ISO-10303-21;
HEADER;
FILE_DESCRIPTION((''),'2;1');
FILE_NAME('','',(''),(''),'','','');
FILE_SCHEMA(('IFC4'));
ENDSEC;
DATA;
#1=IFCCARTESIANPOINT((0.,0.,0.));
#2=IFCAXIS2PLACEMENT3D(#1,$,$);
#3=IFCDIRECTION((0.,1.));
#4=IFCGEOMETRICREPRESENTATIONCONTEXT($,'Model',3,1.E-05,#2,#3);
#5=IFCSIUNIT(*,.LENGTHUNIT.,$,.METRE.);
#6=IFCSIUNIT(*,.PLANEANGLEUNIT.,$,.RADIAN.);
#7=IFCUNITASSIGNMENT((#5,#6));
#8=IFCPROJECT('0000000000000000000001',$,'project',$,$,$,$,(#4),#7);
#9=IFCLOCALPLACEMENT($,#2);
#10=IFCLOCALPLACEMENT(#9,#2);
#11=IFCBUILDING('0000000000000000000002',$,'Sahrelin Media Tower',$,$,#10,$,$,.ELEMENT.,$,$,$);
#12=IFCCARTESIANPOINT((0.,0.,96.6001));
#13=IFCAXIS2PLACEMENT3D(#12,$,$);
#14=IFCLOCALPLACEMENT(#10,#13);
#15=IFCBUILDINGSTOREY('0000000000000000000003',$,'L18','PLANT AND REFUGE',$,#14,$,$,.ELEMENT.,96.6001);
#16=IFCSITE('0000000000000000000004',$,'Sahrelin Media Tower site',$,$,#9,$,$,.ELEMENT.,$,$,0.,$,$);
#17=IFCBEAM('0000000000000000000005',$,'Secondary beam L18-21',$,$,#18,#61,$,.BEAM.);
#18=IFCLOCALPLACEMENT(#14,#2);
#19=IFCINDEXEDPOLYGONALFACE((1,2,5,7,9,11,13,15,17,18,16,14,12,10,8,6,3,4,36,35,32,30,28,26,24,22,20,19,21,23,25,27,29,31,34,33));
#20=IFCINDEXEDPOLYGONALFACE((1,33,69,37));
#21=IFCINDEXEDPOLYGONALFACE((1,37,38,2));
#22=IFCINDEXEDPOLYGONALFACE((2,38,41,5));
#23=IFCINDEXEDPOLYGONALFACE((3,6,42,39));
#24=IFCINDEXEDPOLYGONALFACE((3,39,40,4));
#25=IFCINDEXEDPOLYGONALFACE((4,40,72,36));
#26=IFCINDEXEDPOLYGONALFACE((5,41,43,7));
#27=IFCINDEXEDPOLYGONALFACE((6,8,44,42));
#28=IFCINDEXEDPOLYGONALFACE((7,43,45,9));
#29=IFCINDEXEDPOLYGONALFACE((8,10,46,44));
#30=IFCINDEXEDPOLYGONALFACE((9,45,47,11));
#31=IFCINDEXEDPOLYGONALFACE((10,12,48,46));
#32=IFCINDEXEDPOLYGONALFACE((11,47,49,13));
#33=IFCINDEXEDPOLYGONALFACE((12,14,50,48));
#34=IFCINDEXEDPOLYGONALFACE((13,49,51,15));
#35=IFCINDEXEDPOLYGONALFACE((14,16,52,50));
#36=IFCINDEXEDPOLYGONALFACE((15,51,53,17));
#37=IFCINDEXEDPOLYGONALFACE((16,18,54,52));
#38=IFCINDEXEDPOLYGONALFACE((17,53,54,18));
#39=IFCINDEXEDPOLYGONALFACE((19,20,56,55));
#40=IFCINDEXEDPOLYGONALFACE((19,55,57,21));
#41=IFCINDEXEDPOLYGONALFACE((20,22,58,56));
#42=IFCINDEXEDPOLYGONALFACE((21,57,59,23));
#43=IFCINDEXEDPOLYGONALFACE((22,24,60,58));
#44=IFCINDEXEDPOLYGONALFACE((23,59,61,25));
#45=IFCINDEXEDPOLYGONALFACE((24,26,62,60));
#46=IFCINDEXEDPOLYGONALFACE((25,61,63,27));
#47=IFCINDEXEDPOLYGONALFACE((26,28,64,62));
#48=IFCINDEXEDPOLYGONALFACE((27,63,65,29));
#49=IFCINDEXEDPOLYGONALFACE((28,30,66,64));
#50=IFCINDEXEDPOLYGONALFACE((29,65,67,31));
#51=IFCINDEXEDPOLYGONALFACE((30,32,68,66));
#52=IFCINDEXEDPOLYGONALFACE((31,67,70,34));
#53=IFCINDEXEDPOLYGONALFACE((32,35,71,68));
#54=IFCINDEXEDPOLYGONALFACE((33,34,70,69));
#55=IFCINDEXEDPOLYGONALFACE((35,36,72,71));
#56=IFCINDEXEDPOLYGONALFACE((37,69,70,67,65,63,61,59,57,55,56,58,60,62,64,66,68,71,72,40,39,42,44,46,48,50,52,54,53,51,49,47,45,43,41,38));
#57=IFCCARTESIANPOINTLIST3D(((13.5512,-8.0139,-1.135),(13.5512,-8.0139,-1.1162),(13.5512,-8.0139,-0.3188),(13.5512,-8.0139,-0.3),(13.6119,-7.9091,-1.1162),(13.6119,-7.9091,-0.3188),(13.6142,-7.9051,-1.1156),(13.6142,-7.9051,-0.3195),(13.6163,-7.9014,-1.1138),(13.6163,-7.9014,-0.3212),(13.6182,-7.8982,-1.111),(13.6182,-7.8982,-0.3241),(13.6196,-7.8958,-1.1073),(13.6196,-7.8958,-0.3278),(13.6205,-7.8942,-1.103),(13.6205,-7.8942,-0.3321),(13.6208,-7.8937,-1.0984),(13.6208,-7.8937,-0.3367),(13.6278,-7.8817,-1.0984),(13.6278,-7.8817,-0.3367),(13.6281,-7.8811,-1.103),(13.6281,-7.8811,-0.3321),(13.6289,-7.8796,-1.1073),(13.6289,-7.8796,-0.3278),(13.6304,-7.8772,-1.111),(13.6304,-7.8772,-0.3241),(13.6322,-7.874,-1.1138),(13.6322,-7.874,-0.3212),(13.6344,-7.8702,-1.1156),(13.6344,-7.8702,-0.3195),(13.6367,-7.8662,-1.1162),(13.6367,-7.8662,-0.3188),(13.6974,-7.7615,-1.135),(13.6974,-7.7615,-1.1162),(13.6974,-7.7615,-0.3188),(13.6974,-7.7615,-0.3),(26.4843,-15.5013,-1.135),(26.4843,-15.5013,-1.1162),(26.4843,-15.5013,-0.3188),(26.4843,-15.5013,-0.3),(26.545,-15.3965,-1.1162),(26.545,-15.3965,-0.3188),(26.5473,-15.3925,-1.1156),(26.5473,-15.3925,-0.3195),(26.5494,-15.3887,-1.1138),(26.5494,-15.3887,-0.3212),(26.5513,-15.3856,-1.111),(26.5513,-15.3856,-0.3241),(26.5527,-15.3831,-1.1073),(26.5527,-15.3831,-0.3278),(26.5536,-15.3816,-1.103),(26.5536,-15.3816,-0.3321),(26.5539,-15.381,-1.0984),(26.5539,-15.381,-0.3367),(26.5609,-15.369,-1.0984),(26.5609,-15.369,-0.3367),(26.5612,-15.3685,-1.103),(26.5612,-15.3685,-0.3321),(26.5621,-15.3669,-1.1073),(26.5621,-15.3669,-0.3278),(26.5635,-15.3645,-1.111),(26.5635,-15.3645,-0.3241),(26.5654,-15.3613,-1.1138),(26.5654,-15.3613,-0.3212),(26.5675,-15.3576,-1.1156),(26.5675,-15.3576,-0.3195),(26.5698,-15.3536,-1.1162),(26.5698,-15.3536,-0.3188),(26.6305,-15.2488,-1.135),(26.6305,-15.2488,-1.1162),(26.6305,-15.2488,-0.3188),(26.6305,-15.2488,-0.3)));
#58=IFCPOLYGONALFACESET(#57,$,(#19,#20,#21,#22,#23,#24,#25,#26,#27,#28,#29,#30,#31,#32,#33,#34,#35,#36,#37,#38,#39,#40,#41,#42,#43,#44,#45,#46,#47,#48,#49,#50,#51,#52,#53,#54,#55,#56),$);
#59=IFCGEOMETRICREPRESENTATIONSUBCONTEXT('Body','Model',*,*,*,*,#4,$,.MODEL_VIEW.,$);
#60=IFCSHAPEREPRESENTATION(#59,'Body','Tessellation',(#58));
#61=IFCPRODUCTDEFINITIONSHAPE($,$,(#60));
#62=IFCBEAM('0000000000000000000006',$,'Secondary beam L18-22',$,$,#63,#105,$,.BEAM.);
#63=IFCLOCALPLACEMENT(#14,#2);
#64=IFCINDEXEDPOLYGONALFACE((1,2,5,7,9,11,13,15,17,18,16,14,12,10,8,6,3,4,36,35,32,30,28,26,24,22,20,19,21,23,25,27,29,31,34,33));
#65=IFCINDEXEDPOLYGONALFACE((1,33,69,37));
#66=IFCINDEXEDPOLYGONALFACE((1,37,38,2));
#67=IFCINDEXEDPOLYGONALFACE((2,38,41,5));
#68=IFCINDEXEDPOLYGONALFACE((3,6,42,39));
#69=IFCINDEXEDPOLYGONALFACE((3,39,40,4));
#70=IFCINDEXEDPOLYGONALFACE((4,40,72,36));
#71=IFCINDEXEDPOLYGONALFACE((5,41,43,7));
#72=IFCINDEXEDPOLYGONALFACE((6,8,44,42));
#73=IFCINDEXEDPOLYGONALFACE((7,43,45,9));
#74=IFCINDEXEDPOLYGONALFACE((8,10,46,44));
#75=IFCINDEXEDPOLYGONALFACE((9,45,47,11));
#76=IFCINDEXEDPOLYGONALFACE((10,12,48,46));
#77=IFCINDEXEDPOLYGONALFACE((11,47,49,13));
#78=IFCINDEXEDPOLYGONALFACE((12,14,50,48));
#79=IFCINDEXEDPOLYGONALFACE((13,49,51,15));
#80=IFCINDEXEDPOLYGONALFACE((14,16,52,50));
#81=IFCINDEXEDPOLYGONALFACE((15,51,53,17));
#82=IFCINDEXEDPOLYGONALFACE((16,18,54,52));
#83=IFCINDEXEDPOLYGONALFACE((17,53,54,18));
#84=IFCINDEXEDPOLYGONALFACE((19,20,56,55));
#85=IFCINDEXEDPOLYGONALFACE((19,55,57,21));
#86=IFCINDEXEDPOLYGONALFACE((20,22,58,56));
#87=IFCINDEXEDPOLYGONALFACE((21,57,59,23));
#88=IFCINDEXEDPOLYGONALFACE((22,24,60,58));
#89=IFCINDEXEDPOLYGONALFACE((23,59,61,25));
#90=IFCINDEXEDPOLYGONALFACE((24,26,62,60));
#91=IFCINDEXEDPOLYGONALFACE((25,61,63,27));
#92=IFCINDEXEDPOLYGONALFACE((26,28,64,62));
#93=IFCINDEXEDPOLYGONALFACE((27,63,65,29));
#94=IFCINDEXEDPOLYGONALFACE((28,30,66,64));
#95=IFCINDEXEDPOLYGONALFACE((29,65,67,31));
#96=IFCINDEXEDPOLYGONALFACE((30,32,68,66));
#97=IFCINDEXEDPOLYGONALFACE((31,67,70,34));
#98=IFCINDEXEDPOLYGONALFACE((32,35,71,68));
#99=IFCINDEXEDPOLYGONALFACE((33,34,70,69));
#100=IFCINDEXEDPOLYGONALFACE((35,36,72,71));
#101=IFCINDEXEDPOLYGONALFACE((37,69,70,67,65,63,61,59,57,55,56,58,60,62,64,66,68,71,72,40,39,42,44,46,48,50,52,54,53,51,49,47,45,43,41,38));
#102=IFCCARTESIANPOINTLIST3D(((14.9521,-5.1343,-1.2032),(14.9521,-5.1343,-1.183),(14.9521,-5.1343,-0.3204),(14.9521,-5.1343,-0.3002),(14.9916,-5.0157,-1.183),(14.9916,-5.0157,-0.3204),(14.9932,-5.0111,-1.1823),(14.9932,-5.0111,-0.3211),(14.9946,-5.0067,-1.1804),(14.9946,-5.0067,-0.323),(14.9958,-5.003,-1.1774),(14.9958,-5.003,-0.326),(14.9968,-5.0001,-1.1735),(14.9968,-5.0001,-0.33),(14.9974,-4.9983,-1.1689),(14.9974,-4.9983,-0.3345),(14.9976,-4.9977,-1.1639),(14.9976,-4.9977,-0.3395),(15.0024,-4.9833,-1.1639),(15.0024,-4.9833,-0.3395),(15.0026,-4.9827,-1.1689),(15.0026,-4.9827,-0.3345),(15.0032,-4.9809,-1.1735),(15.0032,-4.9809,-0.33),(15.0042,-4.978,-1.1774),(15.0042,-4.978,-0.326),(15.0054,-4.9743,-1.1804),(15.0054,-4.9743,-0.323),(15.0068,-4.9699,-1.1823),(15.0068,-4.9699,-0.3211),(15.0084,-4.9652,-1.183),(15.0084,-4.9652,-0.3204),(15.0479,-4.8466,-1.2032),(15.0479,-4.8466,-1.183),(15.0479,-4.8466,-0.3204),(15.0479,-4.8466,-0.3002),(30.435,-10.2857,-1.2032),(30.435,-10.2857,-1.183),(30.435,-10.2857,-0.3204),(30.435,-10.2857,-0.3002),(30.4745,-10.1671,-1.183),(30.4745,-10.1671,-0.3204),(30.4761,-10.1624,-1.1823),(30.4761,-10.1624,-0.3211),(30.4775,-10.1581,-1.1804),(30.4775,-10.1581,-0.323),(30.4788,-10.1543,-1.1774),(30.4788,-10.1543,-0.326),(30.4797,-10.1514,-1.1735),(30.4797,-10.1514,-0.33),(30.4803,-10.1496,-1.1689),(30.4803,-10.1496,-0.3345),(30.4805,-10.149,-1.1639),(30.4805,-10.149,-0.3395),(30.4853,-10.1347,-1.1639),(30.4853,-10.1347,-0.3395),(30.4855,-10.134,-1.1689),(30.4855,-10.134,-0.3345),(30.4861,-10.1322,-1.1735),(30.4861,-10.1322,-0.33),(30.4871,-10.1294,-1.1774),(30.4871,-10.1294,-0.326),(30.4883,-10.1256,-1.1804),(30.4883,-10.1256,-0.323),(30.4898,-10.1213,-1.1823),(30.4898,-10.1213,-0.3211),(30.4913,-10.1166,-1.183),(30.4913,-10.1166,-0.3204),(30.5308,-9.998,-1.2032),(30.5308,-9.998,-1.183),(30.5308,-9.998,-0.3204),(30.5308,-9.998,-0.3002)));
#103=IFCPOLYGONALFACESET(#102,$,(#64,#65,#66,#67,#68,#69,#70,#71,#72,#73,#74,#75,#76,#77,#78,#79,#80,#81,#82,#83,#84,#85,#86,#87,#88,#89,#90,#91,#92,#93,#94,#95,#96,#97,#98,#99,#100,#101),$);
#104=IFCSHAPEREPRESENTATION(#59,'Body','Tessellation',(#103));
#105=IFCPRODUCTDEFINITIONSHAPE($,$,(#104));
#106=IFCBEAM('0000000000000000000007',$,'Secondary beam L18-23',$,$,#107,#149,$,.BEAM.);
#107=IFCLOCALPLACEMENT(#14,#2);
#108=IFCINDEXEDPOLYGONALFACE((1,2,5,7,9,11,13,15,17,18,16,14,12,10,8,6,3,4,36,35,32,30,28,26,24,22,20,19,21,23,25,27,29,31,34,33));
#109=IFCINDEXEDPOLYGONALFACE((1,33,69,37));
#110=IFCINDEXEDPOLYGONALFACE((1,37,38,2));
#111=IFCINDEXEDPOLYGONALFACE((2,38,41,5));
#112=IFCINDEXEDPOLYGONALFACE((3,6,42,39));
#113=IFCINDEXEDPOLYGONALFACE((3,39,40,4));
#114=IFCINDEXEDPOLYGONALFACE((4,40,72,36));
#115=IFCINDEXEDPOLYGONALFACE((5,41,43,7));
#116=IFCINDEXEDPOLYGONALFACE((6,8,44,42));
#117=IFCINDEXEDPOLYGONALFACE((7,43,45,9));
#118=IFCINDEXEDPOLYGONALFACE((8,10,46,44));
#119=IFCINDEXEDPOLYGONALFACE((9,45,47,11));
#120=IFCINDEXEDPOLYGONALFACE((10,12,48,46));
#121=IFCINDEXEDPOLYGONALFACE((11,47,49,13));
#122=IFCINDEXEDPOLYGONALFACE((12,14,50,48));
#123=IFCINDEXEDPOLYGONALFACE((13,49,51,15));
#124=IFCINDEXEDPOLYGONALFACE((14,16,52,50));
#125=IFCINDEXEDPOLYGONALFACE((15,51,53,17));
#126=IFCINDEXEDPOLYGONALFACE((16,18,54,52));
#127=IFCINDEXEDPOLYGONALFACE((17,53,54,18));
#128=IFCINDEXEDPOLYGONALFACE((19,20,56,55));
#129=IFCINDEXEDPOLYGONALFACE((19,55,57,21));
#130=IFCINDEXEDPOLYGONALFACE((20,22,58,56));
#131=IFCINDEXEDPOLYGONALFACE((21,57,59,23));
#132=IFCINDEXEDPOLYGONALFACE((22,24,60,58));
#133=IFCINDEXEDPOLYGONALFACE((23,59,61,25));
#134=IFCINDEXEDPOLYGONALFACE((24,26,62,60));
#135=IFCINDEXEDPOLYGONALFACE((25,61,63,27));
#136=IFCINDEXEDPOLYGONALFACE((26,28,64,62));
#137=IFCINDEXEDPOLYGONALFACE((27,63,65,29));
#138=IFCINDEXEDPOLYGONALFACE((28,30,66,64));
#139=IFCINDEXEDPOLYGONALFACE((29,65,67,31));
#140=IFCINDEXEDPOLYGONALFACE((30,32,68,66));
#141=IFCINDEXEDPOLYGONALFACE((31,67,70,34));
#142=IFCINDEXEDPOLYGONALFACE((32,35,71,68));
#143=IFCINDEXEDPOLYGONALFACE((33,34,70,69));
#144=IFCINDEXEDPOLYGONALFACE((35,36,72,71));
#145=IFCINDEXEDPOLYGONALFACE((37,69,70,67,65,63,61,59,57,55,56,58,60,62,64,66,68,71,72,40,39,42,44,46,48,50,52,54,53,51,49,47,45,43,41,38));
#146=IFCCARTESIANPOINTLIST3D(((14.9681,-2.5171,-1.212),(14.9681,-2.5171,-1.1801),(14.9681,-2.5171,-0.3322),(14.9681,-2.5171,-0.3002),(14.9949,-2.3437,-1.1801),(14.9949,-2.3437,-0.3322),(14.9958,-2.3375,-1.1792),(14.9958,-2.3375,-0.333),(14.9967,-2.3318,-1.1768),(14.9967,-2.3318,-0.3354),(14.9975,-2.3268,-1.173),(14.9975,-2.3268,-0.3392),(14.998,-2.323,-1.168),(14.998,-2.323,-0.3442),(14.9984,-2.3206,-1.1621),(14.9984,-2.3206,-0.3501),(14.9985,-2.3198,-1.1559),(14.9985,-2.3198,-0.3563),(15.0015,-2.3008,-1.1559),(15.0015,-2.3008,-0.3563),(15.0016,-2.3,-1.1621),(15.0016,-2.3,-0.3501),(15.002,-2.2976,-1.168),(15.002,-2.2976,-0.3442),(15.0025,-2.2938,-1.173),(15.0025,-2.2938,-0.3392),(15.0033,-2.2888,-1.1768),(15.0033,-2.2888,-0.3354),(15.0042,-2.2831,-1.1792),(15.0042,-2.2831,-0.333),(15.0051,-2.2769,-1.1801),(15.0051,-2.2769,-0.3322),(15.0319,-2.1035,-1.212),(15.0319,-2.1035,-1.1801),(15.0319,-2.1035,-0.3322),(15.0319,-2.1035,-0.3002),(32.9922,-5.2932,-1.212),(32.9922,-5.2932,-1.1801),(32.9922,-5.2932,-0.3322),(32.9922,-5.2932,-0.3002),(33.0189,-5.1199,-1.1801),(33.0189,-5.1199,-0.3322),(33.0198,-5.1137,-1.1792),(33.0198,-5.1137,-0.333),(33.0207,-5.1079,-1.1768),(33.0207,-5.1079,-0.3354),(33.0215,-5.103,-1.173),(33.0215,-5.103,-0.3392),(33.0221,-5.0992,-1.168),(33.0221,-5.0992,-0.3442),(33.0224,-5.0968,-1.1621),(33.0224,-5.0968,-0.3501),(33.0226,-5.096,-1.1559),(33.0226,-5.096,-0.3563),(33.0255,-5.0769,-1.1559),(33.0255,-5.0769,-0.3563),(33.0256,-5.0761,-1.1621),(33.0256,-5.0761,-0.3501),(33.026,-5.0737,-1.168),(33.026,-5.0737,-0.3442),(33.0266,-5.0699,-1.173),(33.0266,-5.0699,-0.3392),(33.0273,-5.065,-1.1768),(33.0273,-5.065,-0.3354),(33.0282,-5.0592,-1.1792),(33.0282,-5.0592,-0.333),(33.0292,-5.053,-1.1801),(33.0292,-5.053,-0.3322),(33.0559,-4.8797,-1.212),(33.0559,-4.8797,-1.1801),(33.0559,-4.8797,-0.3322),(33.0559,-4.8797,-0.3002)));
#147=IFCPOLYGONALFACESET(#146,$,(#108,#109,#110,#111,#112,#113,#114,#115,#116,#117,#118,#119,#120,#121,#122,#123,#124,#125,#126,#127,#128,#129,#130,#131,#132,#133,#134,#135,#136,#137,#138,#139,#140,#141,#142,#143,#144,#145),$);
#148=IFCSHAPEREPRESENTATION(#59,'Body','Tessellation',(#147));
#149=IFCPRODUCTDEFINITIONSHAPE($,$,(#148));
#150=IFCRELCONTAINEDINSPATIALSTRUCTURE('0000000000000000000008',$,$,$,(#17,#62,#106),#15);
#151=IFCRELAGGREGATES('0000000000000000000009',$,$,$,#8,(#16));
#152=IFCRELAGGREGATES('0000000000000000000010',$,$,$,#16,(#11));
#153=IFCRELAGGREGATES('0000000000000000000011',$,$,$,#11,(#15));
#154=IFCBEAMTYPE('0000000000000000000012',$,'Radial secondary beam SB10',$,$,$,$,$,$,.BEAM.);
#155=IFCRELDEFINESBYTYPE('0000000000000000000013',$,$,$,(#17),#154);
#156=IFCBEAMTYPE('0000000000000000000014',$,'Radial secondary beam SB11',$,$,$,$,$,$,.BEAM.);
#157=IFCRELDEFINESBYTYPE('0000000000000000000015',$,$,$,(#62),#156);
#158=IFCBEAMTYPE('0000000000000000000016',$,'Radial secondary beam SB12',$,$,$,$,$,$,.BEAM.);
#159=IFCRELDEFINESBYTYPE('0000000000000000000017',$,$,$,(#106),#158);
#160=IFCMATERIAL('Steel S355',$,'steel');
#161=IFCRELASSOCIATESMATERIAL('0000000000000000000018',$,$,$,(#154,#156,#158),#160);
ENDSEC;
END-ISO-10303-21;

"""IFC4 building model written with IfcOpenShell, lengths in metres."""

from ifc_helpers import new_model, si_unit, direction, frame, origin, origin_2d, place, context, subcontext, project, spatial, i_section, extrude, material, material_profile, profile_set, type_object, element, save


model = new_model("IFC4")

# Units and contexts
model_context = context("Model", 3, precision=1e-05, world=origin(), true_north=direction((0.0, 1.0)))
body_context = subcontext(model_context, "Body", "Model", "MODEL_VIEW")
ifc_project = project(units=[si_unit("LENGTHUNIT", "METRE"), si_unit("PLANEANGLEUNIT", "RADIAN")], contexts=[model_context])

# Site, building, storey
site_placement = place(None, origin())
site = spatial("IfcSite", under=ifc_project, at=site_placement, Name="Sahrelin Media Tower site", CompositionType="ELEMENT", RefElevation=0.0)
building_placement = place(site_placement, origin())
building = spatial("IfcBuilding", under=site, at=building_placement, Name="Sahrelin Media Tower", CompositionType="ELEMENT")
storey_placement = place(building_placement, frame((0.0, 0.0, 96.6001)))
storey = spatial("IfcBuildingStorey", under=building, at=storey_placement, Name="L18", Description="PLANT AND REFUGE", CompositionType="ELEMENT", Elevation=96.6001)

# Beams
ifc_material_1 = material(Name="Steel S355", Category="steel")
ifc_material_profile_1 = material_profile(ifc_material_1, i_section(OverallWidth=0.2917, OverallDepth=0.835, WebThickness=0.0139, FlangeThickness=0.0188, FilletRadius=0.0178, at=origin_2d()), Name="UB 838x292x176")
ifc_profile_set_1 = profile_set([ifc_material_profile_1], Name="Steel S355")
beam_type_1 = type_object("IfcBeamType", Name="Radial secondary beam SB10", PredefinedType="BEAM", material=ifc_profile_set_1)
beam_1_placement = place(storey_placement, frame((13.6243, -7.8877, -0.7175), z_axis=(0.865434, -0.501022, 0.0), x_axis=(0.501022, 0.865434, 0.0)))
element("IfcBeam", 1, at=beam_1_placement, inside=storey, type_object=beam_type_1, Name="Secondary beam L18-21", PredefinedType="BEAM", context=body_context, shape_type="SweptSolid", body=[
    extrude(i_section(OverallWidth=0.2917, OverallDepth=0.835, WebThickness=0.0139, FlangeThickness=0.0188, FilletRadius=0.0178, at=origin_2d()), origin(), (0.0, 0.0, 1.0), 14.9441),
])
ifc_material_profile_2 = material_profile(ifc_material_1, i_section(OverallWidth=0.3032, OverallDepth=0.9031, WebThickness=0.0151, FlangeThickness=0.0203, FilletRadius=0.019, at=origin_2d()), Name="UB 914x305x201")
ifc_profile_set_2 = profile_set([ifc_material_profile_2], Name="Steel S355")
beam_type_2 = type_object("IfcBeamType", Name="Radial secondary beam SB11", PredefinedType="BEAM", material=ifc_profile_set_2)
beam_2_placement = place(storey_placement, frame((15.0, -4.9905, -0.7517), z_axis=(0.94886, -0.315698, 0.0), x_axis=(0.315698, 0.94886, 0.0)))
element("IfcBeam", 2, at=beam_2_placement, inside=storey, type_object=beam_type_2, Name="Secondary beam L18-22", PredefinedType="BEAM", context=body_context, shape_type="SweptSolid", body=[
    extrude(i_section(OverallWidth=0.3032, OverallDepth=0.9031, WebThickness=0.0151, FlangeThickness=0.0203, FilletRadius=0.019, at=origin_2d()), origin(), (0.0, 0.0, 1.0), 16.3174),
])
ifc_material_profile_3 = material_profile(ifc_material_1, i_section(OverallWidth=0.4185, OverallDepth=0.9119, WebThickness=0.0193, FlangeThickness=0.032, FilletRadius=0.0242, at=origin_2d()), Name="UB 914x419x343")
ifc_profile_set_3 = profile_set([ifc_material_profile_3], Name="Steel S355")
beam_type_3 = type_object("IfcBeamType", Name="Radial secondary beam SB12", PredefinedType="BEAM", material=ifc_profile_set_3)
beam_3_placement = place(storey_placement, frame((15.0, -2.3103, -0.7561), z_axis=(0.988345, -0.152229, 0.0), x_axis=(0.152229, 0.988345, 0.0)))
element("IfcBeam", 3, at=beam_3_placement, inside=storey, type_object=beam_type_3, Name="Secondary beam L18-23", PredefinedType="BEAM", context=body_context, shape_type="SweptSolid", body=[
    extrude(i_section(OverallWidth=0.4185, OverallDepth=0.9119, WebThickness=0.0193, FlangeThickness=0.032, FilletRadius=0.0242, at=origin_2d()), origin(), (0.0, 0.0, 1.0), 18.2366),
])

save(model, "model.ifc")
